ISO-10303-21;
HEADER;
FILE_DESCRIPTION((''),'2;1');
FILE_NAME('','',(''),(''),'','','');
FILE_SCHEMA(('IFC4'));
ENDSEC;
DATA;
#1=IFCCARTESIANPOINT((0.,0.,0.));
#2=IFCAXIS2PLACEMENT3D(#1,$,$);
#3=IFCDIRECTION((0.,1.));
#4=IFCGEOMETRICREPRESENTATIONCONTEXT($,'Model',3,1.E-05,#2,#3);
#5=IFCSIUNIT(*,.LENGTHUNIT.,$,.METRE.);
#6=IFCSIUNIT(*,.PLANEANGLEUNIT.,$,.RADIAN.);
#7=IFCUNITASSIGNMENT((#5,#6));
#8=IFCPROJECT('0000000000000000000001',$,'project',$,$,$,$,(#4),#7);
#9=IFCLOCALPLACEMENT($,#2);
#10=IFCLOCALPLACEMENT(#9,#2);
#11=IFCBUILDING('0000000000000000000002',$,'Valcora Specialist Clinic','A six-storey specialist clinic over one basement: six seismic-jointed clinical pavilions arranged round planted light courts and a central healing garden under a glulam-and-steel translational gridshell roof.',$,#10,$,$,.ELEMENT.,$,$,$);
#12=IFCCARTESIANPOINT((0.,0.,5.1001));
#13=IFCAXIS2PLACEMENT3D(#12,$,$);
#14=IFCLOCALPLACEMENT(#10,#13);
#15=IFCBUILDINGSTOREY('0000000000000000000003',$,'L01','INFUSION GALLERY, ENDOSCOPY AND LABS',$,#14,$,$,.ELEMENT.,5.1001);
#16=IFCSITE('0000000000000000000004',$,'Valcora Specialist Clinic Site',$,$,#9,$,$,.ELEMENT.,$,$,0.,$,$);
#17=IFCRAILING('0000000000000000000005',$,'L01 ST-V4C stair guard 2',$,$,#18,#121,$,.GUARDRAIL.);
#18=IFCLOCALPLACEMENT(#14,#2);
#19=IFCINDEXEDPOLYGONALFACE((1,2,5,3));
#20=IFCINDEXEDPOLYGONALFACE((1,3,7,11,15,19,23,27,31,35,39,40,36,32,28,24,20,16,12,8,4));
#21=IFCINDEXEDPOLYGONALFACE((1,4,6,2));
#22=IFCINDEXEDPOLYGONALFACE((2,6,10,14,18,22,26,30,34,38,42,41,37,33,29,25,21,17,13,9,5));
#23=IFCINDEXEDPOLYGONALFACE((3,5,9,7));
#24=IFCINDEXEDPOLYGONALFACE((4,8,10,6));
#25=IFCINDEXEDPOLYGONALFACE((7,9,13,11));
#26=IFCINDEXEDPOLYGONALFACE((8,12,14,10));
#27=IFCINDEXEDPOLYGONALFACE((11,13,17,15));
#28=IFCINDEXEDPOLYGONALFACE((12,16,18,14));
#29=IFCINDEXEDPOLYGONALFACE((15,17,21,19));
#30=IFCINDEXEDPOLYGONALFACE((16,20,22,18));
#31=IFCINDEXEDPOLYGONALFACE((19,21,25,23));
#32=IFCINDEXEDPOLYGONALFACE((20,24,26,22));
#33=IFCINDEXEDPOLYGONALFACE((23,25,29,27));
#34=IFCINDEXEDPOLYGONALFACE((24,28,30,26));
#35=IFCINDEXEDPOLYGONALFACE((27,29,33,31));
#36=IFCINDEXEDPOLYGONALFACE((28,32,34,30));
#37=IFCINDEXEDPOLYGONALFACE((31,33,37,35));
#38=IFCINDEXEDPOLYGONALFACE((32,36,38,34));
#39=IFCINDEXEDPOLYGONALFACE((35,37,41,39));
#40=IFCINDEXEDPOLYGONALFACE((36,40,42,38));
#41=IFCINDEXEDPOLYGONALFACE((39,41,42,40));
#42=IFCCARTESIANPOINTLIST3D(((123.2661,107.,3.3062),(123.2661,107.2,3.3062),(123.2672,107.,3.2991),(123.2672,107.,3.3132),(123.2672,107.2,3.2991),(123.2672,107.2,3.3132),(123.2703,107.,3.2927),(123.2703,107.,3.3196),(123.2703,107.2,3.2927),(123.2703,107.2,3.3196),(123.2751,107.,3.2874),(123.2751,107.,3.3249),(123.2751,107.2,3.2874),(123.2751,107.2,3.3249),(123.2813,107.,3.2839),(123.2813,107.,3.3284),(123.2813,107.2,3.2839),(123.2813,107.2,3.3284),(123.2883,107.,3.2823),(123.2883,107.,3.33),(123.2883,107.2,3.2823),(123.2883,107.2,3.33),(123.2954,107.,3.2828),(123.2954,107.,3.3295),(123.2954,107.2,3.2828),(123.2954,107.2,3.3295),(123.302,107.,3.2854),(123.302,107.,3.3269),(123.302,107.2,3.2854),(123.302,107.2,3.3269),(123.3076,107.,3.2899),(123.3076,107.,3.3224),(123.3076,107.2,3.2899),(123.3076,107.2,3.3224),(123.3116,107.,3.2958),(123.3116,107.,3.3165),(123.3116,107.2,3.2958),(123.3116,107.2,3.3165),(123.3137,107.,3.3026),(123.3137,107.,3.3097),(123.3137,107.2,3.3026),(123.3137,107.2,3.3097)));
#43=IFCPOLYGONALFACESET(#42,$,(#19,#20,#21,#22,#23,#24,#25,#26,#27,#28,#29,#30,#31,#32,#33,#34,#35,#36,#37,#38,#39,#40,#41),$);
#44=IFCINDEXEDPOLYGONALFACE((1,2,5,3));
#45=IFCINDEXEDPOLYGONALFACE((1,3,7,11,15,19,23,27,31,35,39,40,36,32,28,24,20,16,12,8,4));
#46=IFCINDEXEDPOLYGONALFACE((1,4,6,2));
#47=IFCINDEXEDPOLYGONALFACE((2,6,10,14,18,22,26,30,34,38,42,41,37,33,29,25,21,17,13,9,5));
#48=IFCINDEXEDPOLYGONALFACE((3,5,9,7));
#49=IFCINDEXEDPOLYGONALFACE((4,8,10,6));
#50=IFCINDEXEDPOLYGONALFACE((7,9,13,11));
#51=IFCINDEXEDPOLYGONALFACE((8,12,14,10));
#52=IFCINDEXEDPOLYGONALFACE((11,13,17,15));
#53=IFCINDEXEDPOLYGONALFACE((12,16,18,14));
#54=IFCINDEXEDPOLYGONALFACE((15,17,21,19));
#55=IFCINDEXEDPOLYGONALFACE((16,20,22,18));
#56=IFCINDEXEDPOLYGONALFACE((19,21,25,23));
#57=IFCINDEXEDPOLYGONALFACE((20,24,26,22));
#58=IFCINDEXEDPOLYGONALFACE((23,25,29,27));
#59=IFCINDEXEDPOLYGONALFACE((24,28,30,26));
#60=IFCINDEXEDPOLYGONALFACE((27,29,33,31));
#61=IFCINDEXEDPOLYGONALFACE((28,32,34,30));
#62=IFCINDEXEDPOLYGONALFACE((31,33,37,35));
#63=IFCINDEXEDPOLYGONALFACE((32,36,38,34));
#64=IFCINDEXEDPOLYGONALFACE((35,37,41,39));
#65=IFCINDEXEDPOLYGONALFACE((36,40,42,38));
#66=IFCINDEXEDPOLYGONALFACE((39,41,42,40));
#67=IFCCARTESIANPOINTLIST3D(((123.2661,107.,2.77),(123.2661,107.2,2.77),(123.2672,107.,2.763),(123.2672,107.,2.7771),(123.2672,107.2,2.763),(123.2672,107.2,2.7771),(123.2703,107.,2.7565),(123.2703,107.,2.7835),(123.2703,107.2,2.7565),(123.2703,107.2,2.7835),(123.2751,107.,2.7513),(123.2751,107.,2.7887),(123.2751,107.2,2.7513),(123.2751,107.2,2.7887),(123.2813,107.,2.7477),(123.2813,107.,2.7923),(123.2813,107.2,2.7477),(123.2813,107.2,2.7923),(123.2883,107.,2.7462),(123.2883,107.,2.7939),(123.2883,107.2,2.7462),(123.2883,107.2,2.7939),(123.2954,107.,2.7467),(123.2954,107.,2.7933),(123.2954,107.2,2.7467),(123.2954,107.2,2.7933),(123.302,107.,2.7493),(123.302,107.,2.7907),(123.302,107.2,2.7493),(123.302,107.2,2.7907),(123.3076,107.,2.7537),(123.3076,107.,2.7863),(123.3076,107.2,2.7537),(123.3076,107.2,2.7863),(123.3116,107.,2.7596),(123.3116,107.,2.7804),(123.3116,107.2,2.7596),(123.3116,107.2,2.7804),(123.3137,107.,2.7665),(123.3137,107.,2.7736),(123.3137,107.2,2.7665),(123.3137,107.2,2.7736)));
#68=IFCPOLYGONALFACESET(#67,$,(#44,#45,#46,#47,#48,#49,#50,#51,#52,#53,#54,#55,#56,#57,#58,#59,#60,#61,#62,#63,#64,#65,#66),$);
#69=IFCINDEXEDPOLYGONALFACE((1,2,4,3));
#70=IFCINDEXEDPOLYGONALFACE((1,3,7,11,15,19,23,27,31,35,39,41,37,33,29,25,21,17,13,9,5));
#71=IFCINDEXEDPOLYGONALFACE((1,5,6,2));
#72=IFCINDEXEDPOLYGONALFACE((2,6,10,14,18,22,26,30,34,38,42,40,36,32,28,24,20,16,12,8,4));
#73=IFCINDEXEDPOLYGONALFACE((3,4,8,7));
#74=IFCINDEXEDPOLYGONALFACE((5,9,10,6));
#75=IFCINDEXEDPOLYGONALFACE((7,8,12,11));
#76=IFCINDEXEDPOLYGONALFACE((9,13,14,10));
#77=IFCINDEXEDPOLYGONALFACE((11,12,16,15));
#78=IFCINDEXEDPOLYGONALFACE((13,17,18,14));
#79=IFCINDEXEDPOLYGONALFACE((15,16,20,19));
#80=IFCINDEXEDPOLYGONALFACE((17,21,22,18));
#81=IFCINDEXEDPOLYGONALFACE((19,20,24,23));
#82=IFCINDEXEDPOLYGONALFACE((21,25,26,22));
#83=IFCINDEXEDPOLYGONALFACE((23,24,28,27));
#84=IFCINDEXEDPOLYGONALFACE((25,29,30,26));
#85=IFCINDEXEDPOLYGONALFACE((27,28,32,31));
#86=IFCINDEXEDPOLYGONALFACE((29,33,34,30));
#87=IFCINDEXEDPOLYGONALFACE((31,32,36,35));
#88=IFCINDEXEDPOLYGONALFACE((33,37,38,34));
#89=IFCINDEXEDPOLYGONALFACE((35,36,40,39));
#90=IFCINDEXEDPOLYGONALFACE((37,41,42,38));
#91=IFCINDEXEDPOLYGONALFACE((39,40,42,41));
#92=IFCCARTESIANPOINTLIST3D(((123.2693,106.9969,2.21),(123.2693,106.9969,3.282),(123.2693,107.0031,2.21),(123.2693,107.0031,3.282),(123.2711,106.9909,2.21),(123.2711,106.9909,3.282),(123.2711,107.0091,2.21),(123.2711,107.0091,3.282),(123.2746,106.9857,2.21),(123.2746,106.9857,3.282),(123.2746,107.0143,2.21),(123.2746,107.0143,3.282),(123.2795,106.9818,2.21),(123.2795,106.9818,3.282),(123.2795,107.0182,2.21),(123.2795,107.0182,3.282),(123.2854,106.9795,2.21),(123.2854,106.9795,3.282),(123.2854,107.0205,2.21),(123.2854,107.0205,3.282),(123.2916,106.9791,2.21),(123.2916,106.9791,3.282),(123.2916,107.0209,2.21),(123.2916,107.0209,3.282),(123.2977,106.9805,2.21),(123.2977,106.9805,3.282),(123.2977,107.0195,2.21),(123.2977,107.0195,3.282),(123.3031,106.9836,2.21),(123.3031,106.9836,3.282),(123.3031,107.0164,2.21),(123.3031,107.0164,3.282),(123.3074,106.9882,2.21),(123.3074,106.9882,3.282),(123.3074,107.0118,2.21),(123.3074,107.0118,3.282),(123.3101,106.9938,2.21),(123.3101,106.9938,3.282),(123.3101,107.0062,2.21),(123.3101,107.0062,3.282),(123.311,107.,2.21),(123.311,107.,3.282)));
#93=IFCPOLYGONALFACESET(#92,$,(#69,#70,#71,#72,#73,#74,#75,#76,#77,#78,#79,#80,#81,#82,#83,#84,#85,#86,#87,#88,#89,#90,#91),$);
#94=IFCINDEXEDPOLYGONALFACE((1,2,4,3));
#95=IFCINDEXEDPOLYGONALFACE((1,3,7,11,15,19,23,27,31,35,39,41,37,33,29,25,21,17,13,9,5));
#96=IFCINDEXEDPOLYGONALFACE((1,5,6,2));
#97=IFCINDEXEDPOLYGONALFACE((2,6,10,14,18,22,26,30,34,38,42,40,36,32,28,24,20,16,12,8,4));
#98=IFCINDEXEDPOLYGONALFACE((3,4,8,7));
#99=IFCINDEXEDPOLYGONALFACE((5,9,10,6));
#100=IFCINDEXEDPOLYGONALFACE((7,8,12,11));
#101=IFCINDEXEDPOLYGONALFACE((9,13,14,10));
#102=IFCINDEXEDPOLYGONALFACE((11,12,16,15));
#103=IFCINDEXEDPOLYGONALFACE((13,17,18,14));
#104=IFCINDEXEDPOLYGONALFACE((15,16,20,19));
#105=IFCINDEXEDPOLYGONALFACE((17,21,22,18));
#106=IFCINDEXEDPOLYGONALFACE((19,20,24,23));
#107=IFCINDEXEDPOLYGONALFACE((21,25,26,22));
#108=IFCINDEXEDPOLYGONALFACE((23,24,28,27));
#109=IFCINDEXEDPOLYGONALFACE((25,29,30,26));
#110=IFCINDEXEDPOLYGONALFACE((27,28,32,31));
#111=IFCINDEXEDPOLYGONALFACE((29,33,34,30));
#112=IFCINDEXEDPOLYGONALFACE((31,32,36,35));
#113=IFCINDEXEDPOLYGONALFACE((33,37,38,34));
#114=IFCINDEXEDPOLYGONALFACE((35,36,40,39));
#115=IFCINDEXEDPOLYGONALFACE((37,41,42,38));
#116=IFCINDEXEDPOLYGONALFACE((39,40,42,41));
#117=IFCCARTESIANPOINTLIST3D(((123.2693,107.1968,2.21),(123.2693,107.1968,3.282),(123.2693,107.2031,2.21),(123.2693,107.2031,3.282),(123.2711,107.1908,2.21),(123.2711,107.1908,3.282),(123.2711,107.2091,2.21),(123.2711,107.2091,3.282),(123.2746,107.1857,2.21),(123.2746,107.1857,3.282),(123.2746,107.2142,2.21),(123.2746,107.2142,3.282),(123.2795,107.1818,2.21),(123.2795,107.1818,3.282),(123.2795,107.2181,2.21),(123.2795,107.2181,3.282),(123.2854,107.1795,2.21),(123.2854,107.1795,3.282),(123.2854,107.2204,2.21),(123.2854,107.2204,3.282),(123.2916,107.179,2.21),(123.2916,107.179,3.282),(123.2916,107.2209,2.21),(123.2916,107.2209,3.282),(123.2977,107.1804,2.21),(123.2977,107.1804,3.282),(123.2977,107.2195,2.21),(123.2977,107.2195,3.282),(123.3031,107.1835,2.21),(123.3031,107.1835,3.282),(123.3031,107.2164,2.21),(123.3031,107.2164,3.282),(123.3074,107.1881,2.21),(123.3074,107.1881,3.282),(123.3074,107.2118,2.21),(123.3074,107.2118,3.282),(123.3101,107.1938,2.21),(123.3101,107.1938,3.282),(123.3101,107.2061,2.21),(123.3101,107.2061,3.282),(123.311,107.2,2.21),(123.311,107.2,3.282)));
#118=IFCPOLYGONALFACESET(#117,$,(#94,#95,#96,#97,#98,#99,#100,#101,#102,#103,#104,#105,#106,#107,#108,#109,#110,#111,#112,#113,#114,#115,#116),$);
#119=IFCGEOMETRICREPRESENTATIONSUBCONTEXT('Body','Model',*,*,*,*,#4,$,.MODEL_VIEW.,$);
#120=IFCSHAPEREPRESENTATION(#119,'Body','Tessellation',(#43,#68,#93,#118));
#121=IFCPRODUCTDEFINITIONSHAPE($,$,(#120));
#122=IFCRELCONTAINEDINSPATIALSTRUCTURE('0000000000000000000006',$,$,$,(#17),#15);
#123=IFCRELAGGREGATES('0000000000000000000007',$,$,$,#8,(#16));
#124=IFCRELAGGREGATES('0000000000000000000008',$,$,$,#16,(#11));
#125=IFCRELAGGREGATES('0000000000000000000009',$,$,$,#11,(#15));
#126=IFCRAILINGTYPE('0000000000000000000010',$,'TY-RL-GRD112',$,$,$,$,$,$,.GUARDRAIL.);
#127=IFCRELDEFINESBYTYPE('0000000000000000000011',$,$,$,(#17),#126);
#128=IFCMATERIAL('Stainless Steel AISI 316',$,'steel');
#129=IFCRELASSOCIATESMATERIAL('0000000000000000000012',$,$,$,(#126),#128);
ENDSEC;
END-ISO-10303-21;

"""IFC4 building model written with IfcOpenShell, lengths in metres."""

from ifc_helpers import new_model, si_unit, direction, frame, origin, origin_2d, place, context, subcontext, project, spatial, circle, extrude, material, type_object, element, save


model = new_model("IFC4")

# Units and contexts
model_context = context("Model", 3, precision=1e-05, world=origin(), true_north=direction((0.0, 1.0)))
body_context = subcontext(model_context, "Body", "Model", "MODEL_VIEW")
ifc_project = project(units=[si_unit("LENGTHUNIT", "METRE"), si_unit("PLANEANGLEUNIT", "RADIAN")], contexts=[model_context])

# Site, building, storey
site_placement = place(None, origin())
site = spatial("IfcSite", under=ifc_project, at=site_placement, Name="Valcora Specialist Clinic Site", CompositionType="ELEMENT", RefElevation=0.0)
building_placement = place(site_placement, origin())
building = spatial("IfcBuilding", under=site, at=building_placement, Name="Valcora Specialist Clinic", Description="A six-storey specialist clinic over one basement: six seismic-jointed clinical pavilions arranged round planted light courts and a central healing garden under a glulam-and-steel translational gridshell roof.", CompositionType="ELEMENT")
storey_placement = place(building_placement, frame((0.0, 0.0, 5.1001)))
storey = spatial("IfcBuildingStorey", under=building, at=storey_placement, Name="L01", Description="INFUSION GALLERY, ENDOSCOPY AND LABS", CompositionType="ELEMENT", Elevation=5.1001)

# Railing
ifc_material_1 = material(Name="Stainless Steel AISI 316", Category="steel")
railing_type_1 = type_object("IfcRailingType", Name="TY-RL-GRD112", PredefinedType="GUARDRAIL", material=ifc_material_1)
railing_1_placement = place(storey_placement, frame((123.29, 107.0, 2.21)))
element("IfcRailing", 1, at=railing_1_placement, inside=storey, type_object=railing_type_1, Name="L01 ST-V4C stair guard 2", PredefinedType="GUARDRAIL", context=body_context, shape_type="SweptSolid", body=[
    extrude(circle(Radius=0.0239, at=origin_2d()), frame((0.0, 0.0, 1.0962), z_axis=(0.0, 1.0, 0.0), x_axis=(-1.0, 0.0, 0.0)), (0.0, 0.0, 1.0), 0.2),
    extrude(circle(Radius=0.0239, at=origin_2d()), frame((0.0, 0.0, 0.5601), z_axis=(0.0, 1.0, 0.0), x_axis=(-1.0, 0.0, 0.0)), (0.0, 0.0, 1.0), 0.2),
    extrude(circle(Radius=0.021, at=origin_2d()), origin(), (0.0, 0.0, 1.0), 1.072),
    extrude(circle(Radius=0.021, at=origin_2d()), frame((0.0, 0.2, 0.0)), (0.0, 0.0, 1.0), 1.072),
])

save(model, "model.ifc")
